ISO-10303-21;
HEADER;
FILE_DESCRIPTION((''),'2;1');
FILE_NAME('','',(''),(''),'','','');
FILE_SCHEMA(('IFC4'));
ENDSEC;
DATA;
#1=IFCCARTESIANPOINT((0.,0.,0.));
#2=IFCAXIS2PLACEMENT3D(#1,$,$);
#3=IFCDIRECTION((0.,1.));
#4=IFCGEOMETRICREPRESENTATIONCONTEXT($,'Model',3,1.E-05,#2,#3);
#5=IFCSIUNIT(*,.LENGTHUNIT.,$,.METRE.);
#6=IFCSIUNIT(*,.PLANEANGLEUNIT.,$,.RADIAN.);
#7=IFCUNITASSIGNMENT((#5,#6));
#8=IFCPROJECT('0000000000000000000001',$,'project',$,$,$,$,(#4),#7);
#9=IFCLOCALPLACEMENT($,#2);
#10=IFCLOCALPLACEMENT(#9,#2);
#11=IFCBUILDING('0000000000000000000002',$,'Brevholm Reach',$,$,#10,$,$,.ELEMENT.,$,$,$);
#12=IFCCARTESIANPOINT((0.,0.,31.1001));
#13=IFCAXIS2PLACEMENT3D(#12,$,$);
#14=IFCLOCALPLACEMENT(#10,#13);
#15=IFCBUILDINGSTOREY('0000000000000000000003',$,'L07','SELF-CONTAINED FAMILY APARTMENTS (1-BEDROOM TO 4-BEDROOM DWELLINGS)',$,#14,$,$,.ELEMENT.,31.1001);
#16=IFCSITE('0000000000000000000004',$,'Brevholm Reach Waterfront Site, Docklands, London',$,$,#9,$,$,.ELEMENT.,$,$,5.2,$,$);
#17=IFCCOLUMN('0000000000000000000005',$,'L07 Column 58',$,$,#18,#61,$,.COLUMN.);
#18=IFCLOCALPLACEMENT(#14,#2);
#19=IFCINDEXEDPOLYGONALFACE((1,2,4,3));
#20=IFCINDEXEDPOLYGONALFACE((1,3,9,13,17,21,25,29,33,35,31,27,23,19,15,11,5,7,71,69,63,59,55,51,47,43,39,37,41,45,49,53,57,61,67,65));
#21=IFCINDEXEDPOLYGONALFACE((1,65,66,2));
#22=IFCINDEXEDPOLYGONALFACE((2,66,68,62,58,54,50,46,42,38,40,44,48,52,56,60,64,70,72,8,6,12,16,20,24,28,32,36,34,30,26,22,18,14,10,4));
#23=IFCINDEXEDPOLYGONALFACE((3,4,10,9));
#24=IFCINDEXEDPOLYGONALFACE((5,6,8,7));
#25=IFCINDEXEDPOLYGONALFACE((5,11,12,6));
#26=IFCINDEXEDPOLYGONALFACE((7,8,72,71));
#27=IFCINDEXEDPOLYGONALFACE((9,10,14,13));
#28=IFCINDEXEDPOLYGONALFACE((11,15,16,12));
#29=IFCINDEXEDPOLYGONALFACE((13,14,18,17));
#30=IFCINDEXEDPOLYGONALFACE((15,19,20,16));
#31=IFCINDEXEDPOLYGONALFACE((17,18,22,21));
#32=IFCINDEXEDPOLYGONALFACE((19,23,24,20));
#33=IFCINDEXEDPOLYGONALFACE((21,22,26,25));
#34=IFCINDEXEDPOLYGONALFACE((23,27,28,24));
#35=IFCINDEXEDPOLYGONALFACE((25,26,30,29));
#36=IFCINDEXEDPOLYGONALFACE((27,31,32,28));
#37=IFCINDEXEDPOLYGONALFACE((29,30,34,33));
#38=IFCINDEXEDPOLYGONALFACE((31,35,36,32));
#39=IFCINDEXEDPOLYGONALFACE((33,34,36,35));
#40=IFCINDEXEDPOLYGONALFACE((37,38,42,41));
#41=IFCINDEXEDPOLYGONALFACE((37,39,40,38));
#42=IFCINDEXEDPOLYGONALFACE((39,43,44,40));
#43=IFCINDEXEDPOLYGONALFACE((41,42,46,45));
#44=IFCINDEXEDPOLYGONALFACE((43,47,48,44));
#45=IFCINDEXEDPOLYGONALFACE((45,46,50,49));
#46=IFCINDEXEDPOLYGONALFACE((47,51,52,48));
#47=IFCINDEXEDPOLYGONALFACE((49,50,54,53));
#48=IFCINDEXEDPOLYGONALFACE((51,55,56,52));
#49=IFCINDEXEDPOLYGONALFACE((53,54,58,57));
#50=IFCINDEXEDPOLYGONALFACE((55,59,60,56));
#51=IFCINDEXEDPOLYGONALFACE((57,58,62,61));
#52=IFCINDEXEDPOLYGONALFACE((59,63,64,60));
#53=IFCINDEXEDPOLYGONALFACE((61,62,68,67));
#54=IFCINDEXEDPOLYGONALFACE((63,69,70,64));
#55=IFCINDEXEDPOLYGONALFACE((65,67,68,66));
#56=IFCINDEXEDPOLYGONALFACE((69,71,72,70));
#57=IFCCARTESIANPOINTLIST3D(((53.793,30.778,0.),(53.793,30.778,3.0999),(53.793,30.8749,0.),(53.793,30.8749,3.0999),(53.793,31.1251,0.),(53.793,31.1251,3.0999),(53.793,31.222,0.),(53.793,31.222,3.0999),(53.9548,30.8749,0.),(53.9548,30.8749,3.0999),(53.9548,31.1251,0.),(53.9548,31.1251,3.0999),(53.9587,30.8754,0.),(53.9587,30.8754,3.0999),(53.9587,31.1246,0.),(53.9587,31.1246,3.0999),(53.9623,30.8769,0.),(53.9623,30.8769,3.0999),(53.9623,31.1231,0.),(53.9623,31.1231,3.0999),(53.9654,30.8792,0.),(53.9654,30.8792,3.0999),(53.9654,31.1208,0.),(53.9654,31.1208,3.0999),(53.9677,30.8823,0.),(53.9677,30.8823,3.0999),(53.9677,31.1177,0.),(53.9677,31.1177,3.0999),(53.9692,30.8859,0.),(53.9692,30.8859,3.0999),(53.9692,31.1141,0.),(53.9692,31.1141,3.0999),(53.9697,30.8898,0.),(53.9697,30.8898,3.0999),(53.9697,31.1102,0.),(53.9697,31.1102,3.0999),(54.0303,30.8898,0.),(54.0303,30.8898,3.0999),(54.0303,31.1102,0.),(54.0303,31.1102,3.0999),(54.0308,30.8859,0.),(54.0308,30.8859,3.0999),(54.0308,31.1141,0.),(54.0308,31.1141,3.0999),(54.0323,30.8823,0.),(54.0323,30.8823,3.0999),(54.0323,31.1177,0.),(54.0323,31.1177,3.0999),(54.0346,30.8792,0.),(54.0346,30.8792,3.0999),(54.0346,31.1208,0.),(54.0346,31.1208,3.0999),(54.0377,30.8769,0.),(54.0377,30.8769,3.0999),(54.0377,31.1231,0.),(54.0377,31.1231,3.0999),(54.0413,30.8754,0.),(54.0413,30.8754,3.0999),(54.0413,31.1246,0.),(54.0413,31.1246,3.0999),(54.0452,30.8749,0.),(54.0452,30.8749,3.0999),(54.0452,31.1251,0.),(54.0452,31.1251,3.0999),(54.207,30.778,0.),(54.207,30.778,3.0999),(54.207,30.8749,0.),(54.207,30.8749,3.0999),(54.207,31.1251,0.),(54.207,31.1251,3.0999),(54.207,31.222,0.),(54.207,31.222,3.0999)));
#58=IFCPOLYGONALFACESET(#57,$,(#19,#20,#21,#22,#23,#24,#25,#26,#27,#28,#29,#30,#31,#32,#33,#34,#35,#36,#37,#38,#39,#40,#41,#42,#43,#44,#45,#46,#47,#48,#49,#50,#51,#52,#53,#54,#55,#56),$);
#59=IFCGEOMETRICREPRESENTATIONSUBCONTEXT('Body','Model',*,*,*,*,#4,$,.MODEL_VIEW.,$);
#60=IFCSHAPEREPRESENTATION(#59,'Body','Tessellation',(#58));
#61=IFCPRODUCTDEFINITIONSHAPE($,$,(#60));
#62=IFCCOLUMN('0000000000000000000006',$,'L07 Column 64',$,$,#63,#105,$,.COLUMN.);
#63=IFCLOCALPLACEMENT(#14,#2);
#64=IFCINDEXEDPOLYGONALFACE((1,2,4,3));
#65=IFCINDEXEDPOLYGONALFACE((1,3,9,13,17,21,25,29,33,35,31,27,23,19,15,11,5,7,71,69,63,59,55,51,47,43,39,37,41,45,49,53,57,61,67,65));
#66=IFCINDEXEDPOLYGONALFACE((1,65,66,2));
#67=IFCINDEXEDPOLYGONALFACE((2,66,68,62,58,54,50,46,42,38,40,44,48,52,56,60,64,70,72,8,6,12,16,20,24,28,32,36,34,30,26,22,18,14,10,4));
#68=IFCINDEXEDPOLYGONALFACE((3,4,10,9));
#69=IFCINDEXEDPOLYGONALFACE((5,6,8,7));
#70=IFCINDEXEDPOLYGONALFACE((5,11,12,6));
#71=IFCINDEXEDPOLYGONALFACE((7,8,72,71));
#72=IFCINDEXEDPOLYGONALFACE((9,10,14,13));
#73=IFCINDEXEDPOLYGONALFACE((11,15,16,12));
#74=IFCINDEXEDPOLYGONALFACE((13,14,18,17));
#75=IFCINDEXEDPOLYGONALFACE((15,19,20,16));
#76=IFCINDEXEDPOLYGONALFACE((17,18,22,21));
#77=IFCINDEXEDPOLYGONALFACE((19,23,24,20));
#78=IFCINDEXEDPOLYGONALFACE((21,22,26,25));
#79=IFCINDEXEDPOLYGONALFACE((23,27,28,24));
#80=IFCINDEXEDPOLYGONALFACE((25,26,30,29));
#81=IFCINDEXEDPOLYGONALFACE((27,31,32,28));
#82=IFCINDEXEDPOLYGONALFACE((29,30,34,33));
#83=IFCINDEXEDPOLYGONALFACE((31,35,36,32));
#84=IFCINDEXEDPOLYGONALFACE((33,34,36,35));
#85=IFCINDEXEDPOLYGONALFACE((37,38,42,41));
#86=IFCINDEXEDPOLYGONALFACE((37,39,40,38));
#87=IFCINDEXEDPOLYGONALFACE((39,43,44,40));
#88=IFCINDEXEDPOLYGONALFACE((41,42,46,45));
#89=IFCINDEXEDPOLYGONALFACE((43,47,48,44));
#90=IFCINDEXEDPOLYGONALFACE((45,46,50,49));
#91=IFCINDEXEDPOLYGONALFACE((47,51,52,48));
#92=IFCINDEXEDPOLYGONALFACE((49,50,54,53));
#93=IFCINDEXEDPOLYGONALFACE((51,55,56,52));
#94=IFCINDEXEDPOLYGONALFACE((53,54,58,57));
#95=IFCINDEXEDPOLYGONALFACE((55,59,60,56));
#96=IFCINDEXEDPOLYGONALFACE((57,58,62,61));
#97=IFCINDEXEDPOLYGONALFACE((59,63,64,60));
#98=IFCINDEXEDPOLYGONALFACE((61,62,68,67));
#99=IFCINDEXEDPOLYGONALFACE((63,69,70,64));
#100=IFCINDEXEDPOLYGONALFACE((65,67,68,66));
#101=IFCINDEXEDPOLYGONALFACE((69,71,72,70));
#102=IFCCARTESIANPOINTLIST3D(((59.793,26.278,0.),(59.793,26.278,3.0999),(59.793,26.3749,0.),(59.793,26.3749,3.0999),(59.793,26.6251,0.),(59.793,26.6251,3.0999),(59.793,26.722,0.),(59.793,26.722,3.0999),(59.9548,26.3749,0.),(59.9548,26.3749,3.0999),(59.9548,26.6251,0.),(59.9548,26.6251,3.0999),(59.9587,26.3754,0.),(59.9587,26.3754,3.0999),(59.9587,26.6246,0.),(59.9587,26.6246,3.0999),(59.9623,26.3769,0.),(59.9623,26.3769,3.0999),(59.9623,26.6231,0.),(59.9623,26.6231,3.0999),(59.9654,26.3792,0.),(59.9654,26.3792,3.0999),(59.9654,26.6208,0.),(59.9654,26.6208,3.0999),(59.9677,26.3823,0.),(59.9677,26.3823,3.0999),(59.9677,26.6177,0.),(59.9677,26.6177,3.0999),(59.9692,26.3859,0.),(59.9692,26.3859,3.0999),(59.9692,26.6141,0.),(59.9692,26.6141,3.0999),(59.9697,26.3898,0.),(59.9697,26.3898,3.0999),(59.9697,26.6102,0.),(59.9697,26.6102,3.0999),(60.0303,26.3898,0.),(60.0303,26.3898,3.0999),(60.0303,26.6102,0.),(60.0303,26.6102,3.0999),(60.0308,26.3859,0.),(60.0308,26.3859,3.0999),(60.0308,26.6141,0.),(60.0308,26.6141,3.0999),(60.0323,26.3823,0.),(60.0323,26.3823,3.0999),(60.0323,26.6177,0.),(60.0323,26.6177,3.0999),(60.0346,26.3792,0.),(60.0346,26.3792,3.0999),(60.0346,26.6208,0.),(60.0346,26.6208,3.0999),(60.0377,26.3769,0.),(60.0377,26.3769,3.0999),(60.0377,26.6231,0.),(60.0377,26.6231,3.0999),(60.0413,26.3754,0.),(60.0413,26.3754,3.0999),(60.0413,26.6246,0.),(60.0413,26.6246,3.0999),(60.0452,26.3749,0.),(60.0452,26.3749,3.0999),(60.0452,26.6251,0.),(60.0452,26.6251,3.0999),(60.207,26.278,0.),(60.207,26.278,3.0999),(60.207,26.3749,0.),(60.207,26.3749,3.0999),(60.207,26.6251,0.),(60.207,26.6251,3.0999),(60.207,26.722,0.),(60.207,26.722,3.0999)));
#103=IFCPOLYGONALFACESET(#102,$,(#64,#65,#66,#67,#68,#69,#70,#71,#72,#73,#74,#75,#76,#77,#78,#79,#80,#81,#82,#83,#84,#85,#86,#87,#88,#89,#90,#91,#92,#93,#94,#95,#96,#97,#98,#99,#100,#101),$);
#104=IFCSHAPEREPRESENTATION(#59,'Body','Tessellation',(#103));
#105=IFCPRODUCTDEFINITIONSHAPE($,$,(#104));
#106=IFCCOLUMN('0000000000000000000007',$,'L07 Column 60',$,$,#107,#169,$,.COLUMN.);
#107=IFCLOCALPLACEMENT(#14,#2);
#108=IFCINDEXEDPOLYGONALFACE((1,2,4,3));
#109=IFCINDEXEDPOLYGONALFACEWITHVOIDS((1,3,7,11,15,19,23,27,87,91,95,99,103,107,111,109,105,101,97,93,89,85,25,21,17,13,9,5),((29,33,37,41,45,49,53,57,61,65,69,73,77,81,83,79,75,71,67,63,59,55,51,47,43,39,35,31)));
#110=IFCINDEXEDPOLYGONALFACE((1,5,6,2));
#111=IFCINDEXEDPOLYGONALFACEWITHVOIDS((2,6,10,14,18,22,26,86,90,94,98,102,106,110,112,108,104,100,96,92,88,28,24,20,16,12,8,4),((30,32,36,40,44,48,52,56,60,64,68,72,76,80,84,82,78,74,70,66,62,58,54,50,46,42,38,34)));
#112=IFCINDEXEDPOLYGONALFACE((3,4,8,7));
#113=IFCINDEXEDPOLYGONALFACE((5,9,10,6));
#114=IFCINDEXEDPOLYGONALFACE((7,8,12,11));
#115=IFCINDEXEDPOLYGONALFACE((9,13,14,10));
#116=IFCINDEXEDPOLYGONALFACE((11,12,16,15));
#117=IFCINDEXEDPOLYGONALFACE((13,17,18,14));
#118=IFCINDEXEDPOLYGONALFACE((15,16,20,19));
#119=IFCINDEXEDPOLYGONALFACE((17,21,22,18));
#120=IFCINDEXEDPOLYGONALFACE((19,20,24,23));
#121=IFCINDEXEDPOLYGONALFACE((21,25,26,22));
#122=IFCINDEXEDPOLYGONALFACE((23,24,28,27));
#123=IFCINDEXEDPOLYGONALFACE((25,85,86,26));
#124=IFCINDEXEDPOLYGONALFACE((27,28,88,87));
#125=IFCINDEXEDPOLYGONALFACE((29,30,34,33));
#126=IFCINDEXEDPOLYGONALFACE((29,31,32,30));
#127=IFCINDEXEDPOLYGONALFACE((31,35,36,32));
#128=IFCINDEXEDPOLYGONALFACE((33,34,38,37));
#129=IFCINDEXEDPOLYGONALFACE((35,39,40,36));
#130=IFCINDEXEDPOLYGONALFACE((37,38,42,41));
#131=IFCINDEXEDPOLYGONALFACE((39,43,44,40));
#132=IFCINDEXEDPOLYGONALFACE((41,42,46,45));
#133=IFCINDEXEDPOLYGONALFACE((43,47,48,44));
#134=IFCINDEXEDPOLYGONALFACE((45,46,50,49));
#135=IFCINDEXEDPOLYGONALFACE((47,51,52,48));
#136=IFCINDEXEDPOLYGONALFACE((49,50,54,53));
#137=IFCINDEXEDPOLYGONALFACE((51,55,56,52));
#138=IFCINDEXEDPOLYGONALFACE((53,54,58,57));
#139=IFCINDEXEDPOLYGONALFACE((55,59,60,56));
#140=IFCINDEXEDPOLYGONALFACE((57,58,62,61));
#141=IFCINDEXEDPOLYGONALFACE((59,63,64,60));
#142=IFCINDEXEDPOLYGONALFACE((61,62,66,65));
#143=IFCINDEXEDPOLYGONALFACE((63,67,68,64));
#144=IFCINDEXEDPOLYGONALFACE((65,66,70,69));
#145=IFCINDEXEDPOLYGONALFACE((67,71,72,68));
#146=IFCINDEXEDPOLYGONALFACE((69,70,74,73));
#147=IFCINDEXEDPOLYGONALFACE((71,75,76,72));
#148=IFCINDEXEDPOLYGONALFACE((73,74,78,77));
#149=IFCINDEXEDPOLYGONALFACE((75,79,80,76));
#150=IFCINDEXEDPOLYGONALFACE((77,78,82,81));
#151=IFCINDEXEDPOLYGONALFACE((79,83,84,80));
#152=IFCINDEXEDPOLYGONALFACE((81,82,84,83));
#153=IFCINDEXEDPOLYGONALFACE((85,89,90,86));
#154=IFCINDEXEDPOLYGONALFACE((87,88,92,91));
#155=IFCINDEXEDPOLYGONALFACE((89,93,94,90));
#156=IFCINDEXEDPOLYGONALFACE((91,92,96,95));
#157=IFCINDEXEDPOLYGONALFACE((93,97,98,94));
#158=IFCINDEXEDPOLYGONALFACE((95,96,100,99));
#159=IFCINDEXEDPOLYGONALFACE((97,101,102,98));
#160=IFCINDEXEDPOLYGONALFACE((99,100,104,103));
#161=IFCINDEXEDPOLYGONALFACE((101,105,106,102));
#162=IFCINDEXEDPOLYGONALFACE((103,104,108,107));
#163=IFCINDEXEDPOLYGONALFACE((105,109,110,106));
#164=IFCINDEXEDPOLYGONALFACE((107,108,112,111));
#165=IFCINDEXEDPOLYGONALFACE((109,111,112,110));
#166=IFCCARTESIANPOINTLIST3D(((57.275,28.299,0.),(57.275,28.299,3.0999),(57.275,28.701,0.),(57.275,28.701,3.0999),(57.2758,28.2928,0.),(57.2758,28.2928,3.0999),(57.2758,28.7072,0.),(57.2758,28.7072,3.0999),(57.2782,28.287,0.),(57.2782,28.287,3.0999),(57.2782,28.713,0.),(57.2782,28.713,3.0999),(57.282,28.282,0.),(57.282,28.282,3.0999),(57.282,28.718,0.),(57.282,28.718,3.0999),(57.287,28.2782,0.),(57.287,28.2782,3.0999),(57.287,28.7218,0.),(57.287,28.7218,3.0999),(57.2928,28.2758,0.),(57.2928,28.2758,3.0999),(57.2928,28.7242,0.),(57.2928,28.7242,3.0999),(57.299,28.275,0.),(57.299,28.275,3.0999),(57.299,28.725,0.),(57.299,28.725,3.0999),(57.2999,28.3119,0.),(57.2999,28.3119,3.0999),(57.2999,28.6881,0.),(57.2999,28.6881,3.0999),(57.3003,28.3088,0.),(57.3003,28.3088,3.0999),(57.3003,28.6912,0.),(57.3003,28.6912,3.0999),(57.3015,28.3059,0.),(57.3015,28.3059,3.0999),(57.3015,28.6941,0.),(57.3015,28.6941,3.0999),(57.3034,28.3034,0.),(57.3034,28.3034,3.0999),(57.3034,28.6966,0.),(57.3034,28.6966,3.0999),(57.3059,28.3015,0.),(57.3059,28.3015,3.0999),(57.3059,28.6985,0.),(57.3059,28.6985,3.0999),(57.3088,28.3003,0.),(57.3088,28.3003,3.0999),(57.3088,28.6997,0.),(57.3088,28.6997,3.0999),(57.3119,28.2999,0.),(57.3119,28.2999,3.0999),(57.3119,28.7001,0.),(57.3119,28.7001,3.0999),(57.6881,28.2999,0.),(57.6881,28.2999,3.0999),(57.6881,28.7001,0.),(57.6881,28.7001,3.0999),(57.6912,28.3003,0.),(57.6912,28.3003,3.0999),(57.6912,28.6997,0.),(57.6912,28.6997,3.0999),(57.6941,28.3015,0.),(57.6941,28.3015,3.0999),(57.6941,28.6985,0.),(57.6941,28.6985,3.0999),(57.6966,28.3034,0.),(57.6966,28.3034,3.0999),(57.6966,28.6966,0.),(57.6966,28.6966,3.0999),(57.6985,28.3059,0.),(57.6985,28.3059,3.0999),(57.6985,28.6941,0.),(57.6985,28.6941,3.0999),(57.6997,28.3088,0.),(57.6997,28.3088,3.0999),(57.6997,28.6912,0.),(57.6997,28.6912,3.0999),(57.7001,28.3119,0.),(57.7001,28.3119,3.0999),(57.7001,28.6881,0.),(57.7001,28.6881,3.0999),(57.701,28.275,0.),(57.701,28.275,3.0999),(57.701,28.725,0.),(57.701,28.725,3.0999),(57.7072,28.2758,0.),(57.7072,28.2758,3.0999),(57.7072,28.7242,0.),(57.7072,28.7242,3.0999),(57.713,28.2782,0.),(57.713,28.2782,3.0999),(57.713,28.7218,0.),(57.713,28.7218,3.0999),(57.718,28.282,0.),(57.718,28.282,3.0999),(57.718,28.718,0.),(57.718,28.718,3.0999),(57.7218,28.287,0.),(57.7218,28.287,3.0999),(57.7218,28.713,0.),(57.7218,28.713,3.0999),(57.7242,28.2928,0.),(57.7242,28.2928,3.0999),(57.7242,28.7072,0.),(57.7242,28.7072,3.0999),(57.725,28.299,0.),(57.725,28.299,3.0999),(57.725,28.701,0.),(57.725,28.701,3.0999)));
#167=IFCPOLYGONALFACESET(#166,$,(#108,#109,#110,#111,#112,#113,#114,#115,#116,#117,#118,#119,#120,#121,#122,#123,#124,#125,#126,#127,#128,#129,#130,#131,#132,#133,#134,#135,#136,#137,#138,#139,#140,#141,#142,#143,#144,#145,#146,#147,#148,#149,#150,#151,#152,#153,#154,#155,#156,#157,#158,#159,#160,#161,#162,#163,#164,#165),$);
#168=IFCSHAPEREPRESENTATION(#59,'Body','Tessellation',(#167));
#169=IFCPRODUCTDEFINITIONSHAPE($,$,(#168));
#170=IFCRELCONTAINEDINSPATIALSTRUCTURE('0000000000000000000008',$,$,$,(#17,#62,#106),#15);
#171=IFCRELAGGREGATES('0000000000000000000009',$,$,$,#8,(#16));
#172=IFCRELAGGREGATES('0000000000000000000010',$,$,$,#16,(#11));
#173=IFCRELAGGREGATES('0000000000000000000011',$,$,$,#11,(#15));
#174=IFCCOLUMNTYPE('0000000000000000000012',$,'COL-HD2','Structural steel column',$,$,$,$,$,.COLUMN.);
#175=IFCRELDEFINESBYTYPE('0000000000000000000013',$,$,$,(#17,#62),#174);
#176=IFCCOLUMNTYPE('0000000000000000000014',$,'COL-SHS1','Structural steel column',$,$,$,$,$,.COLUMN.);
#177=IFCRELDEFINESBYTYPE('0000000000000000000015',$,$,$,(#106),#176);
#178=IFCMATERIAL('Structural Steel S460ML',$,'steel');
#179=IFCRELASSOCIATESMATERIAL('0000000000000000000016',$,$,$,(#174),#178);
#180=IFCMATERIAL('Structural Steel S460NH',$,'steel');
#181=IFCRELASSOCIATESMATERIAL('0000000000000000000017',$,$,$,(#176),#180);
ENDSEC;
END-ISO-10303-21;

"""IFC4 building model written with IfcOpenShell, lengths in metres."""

from ifc_helpers import new_model, si_unit, direction, frame, origin, origin_2d, place, context, subcontext, project, spatial, hollow_rectangle, i_section, extrude, material, material_profile, profile_set, type_object, element, save


model = new_model("IFC4")

# Units and contexts
model_context = context("Model", 3, precision=1e-05, world=origin(), true_north=direction((0.0, 1.0)))
body_context = subcontext(model_context, "Body", "Model", "MODEL_VIEW")
ifc_project = project(units=[si_unit("LENGTHUNIT", "METRE"), si_unit("PLANEANGLEUNIT", "RADIAN")], contexts=[model_context])

# Site, building, storey
site_placement = place(None, origin())
site = spatial("IfcSite", under=ifc_project, at=site_placement, Name="Brevholm Reach Waterfront Site, Docklands, London", CompositionType="ELEMENT", RefElevation=5.2)
building_placement = place(site_placement, origin())
building = spatial("IfcBuilding", under=site, at=building_placement, Name="Brevholm Reach", CompositionType="ELEMENT")
storey_placement = place(building_placement, frame((0.0, 0.0, 31.1001)))
storey = spatial("IfcBuildingStorey", under=building, at=storey_placement, Name="L07", Description="SELF-CONTAINED FAMILY APARTMENTS (1-BEDROOM TO 4-BEDROOM DWELLINGS)", CompositionType="ELEMENT", Elevation=31.1001)

# Columns
ifc_material_1 = material(Name="Structural Steel S460ML", Category="steel")
ifc_material_profile_1 = material_profile(ifc_material_1, i_section(OverallWidth=0.4141, OverallDepth=0.4441, WebThickness=0.0605, FlangeThickness=0.0969, FilletRadius=0.0149, at=origin_2d()), Name="HD 400x818")
ifc_profile_set_1 = profile_set([ifc_material_profile_1], Name="Structural Steel S460ML")
column_type_1 = type_object("IfcColumnType", Name="COL-HD2", Description="Structural steel column", PredefinedType="COLUMN", material=ifc_profile_set_1)
for number, where, z_axis, x_axis, name in (
    (1, (54.0, 31.0, 0.0), (0.0, 0.0, 1.0), (1.0, 0.0, 0.0), "L07 Column 58"),
    (2, (60.0, 26.5, 0.0), (0.0, 0.0, 1.0), (1.0, 0.0, 0.0), "L07 Column 64"),
):
    element("IfcColumn", number, at=place(storey_placement, frame(where, z_axis=z_axis, x_axis=x_axis)), inside=storey, type_object=column_type_1, Name=name, PredefinedType="COLUMN", context=body_context, shape_type="SweptSolid", body=[
        extrude(i_section(OverallWidth=0.4141, OverallDepth=0.4441, WebThickness=0.0605, FlangeThickness=0.0969, FilletRadius=0.0149, at=origin_2d()), origin(), (0.0, 0.0, 1.0), 3.0999),
    ])
ifc_material_2 = material(Name="Structural Steel S460NH", Category="steel")
ifc_material_profile_2 = material_profile(ifc_material_2, hollow_rectangle(XDim=0.45, YDim=0.45, WallThickness=0.0249, InnerFilletRadius=0.012, OuterFilletRadius=0.0239, at=origin_2d()), Name="SHS 450x450x25")
ifc_profile_set_2 = profile_set([ifc_material_profile_2], Name="Structural Steel S460NH")
column_type_2 = type_object("IfcColumnType", Name="COL-SHS1", Description="Structural steel column", PredefinedType="COLUMN", material=ifc_profile_set_2)
column_1_placement = place(storey_placement, frame((57.5, 28.5, 0.0), z_axis=(0.0, 0.0, 1.0), x_axis=(1.0, 0.0, 0.0)))
element("IfcColumn", 3, at=column_1_placement, inside=storey, type_object=column_type_2, Name="L07 Column 60", PredefinedType="COLUMN", context=body_context, shape_type="SweptSolid", body=[
    extrude(hollow_rectangle(XDim=0.45, YDim=0.45, WallThickness=0.0249, InnerFilletRadius=0.012, OuterFilletRadius=0.0239, at=origin_2d()), origin(), (0.0, 0.0, 1.0), 3.0999),
])

save(model, "model.ifc")
